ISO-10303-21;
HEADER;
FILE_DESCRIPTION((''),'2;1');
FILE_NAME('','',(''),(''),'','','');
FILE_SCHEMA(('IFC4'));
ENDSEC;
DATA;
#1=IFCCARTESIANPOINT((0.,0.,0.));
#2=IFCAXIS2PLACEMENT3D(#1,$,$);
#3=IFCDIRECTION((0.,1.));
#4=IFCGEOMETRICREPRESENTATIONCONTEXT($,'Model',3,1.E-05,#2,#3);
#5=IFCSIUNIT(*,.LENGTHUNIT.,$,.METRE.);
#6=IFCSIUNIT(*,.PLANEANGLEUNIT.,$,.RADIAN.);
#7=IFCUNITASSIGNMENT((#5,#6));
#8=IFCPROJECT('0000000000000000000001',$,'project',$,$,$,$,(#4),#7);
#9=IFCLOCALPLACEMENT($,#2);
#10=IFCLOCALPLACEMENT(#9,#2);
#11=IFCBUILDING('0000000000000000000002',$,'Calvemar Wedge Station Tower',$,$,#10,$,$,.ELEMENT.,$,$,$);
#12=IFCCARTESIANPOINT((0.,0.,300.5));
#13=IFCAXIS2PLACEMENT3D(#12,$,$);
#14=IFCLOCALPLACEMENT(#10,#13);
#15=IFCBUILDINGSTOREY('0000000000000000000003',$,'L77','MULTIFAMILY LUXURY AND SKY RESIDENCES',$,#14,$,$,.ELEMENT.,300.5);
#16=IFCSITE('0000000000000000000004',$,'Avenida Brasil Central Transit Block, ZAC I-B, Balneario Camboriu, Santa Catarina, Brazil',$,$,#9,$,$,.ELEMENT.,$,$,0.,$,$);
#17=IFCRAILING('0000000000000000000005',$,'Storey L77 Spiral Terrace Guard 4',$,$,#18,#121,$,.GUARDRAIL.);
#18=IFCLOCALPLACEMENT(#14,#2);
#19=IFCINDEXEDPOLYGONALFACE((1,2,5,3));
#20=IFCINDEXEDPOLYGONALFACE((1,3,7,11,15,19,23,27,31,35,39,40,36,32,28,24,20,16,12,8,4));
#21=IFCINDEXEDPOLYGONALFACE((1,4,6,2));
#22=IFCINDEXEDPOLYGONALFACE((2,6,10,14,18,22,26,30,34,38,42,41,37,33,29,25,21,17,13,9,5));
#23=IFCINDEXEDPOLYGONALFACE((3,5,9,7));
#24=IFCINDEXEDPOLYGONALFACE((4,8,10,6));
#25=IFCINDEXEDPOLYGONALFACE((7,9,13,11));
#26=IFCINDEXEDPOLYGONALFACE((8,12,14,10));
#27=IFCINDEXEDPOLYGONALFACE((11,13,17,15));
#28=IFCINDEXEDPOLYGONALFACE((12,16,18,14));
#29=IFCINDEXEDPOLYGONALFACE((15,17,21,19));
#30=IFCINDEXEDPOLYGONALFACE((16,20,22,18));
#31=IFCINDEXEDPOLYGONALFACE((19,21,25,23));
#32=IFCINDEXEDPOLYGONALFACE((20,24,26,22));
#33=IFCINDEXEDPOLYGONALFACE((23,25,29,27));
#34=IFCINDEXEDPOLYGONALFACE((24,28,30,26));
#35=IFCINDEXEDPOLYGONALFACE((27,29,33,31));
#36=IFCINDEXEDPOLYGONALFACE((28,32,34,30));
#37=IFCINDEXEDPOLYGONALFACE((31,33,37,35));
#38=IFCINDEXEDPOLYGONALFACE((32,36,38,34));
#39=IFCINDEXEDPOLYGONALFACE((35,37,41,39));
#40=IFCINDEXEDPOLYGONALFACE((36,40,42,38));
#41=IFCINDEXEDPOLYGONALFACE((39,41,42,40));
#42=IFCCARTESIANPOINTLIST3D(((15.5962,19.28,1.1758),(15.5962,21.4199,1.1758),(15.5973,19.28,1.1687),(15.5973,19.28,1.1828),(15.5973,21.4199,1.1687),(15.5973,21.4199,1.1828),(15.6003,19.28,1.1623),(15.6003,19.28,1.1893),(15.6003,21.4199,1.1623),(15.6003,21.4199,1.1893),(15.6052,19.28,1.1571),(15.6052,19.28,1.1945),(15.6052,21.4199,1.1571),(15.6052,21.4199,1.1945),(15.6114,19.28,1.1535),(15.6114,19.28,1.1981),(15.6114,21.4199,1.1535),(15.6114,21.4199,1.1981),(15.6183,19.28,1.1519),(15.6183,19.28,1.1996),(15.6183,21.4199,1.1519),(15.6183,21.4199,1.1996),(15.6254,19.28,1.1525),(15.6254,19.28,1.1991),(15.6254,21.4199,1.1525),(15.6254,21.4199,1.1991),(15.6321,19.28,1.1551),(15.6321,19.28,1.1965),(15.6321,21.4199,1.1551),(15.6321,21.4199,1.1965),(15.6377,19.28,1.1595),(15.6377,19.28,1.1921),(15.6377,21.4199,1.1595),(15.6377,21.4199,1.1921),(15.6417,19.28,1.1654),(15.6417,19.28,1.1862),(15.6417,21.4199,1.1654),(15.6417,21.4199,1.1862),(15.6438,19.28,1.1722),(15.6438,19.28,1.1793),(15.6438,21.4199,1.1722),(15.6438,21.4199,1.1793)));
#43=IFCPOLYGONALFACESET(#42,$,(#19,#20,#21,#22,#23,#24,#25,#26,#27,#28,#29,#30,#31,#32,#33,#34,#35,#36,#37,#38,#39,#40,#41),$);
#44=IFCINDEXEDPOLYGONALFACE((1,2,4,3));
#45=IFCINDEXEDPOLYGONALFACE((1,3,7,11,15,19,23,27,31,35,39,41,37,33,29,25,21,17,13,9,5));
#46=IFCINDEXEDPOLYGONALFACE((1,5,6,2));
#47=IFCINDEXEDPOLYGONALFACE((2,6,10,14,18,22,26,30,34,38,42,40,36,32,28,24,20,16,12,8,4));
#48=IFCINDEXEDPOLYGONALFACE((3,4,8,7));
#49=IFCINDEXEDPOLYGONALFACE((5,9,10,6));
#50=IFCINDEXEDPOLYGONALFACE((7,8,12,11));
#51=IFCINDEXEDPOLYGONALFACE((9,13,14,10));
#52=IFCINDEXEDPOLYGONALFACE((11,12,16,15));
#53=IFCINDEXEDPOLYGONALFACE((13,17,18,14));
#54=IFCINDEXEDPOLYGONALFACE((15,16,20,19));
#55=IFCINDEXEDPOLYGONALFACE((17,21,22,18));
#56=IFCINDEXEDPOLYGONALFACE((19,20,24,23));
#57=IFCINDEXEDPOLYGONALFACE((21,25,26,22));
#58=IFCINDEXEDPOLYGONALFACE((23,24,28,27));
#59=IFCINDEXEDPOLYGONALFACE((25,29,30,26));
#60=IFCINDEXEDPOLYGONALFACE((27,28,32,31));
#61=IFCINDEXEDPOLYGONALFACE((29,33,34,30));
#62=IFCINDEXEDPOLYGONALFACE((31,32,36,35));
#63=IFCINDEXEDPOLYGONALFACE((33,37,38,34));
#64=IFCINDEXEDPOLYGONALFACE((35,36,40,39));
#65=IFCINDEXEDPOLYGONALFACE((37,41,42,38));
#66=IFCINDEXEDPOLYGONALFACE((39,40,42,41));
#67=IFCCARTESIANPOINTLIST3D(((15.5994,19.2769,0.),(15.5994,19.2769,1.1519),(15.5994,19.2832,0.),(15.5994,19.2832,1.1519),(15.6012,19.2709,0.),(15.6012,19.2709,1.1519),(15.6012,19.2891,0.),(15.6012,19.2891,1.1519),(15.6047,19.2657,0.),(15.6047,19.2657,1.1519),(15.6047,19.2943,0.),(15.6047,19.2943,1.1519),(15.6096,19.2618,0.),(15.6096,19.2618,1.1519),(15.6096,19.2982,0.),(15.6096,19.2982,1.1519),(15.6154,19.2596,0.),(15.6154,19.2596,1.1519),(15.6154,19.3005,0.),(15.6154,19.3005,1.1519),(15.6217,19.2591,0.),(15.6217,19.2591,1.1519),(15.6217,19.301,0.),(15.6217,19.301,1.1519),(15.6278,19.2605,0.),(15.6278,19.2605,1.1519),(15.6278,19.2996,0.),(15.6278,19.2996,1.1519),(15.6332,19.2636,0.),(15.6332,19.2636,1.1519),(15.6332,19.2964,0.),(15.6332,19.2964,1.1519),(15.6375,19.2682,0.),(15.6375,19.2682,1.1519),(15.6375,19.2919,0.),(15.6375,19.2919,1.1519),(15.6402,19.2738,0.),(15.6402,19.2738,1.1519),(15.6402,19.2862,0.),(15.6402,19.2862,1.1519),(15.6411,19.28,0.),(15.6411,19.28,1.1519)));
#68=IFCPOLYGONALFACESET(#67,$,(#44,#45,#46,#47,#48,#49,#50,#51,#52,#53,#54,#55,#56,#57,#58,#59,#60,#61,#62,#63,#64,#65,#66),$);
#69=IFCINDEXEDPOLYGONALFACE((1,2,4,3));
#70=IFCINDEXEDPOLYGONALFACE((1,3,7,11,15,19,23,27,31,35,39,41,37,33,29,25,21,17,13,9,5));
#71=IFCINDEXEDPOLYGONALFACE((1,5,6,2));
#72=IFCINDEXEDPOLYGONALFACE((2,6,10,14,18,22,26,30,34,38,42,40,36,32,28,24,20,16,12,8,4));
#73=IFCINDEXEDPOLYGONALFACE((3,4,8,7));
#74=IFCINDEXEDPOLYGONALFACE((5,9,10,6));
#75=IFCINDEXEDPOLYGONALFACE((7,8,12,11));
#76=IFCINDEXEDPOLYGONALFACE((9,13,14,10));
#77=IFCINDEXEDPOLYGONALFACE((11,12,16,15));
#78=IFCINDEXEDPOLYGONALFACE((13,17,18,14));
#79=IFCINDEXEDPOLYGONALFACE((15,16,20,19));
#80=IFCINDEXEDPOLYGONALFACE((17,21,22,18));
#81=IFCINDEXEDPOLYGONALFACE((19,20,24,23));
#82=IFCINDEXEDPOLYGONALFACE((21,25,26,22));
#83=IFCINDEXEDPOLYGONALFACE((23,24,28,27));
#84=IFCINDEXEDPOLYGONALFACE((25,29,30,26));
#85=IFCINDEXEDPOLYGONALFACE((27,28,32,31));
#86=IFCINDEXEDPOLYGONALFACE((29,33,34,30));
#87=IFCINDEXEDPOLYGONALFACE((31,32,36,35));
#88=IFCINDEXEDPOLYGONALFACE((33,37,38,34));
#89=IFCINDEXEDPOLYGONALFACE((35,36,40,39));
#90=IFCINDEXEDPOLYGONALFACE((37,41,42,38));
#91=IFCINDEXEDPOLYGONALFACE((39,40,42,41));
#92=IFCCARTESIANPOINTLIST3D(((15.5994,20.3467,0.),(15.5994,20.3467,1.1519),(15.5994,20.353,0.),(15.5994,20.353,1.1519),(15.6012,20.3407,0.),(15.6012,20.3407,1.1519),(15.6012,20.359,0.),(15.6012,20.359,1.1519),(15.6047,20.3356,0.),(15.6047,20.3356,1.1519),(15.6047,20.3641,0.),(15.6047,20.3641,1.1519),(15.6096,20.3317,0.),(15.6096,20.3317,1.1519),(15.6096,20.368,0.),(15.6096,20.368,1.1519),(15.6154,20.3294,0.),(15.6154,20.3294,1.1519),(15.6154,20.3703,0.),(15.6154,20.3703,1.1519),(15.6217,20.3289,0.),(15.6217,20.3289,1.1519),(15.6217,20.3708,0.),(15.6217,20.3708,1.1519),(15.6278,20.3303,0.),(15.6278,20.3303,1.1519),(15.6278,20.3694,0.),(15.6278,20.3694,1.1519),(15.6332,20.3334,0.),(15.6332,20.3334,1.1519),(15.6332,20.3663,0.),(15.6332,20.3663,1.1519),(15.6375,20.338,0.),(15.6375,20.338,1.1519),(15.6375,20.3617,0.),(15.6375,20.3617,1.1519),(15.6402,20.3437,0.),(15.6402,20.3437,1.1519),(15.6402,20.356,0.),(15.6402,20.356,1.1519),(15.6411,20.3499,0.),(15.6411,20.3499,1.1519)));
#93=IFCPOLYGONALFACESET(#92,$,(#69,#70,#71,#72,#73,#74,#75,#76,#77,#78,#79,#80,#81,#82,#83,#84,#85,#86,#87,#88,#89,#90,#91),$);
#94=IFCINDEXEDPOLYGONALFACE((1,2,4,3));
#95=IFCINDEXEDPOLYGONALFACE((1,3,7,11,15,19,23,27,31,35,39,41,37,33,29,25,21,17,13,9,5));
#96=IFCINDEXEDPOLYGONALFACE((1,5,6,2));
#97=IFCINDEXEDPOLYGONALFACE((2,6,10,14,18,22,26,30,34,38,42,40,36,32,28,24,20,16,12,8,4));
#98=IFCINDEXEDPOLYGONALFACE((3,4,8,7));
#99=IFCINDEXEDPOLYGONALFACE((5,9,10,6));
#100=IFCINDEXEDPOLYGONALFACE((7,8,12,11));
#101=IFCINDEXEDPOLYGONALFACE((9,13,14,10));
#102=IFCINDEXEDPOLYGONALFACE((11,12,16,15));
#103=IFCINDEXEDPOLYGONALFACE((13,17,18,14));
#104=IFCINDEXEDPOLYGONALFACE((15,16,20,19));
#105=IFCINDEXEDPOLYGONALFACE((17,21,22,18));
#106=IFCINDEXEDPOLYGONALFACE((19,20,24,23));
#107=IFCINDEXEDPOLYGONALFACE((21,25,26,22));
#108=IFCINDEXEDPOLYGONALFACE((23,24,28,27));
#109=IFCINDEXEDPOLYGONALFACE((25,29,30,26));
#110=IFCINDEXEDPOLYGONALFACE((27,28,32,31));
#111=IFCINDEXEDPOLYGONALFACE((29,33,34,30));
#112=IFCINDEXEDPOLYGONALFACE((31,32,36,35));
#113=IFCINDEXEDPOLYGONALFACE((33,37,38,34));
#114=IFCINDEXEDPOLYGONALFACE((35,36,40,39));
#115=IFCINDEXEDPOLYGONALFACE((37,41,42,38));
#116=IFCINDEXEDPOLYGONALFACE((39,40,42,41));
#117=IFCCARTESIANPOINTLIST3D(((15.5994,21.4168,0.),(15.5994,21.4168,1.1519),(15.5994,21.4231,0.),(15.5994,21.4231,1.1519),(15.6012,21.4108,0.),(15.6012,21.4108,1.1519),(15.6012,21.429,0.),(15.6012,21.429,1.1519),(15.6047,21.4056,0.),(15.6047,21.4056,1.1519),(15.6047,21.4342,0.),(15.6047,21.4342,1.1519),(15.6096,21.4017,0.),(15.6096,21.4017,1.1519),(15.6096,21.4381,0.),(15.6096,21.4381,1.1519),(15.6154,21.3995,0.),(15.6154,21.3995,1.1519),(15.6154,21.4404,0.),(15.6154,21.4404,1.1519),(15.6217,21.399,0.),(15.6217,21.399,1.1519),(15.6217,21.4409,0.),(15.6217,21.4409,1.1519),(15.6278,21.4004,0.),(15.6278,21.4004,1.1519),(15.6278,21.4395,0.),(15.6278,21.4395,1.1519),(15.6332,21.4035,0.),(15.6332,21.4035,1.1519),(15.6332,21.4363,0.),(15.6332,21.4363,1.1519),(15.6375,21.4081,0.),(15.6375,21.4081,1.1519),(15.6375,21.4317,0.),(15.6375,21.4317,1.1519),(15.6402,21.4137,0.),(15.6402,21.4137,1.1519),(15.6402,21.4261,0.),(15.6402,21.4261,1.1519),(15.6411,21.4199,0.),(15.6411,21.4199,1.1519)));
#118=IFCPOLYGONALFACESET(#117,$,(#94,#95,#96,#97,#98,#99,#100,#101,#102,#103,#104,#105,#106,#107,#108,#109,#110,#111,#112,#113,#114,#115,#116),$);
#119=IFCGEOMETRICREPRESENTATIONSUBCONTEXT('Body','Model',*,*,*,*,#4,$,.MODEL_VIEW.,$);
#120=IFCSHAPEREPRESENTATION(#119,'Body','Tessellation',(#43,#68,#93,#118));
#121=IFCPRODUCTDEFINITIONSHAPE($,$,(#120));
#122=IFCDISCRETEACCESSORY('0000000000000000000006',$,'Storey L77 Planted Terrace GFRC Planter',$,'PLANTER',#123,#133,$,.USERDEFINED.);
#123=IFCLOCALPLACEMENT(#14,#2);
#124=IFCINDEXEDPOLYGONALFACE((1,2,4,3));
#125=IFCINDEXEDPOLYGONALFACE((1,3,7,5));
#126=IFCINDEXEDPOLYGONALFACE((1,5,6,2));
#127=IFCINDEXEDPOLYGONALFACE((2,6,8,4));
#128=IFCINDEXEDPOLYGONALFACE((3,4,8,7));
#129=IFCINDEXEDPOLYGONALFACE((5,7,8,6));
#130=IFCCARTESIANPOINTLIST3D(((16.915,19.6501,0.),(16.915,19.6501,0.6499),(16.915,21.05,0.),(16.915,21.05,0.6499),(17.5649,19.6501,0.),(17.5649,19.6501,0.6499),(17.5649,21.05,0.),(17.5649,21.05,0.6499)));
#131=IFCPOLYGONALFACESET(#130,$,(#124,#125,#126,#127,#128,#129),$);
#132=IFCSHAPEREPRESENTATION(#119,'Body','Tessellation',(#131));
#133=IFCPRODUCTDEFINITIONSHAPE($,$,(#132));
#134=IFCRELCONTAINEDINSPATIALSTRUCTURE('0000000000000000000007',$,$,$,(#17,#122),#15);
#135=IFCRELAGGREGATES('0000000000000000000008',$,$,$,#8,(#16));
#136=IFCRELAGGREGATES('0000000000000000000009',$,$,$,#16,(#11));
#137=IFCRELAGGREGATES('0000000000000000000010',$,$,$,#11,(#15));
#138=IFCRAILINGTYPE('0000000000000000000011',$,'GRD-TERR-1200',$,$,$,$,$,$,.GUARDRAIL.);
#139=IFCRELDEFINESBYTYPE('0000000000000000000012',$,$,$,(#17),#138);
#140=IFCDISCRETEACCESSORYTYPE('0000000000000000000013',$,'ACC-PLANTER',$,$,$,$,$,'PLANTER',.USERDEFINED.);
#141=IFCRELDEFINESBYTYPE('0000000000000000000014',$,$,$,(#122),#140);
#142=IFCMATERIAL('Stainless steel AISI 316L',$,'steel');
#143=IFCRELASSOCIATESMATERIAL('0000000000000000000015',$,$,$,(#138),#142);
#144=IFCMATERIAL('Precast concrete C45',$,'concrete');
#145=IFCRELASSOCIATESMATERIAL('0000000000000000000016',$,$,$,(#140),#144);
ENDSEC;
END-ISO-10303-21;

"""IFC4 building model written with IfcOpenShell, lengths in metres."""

from ifc_helpers import new_model, si_unit, direction, frame, origin, origin_2d, place, context, subcontext, project, spatial, rectangle, circle, extrude, source, transform, mapped, material, type_object, element, save


model = new_model("IFC4")

# Units and contexts
model_context = context("Model", 3, precision=1e-05, world=origin(), true_north=direction((0.0, 1.0)))
body_context = subcontext(model_context, "Body", "Model", "MODEL_VIEW")
ifc_project = project(units=[si_unit("LENGTHUNIT", "METRE"), si_unit("PLANEANGLEUNIT", "RADIAN")], contexts=[model_context])

# Site, building, storey
site_placement = place(None, origin())
site = spatial("IfcSite", under=ifc_project, at=site_placement, Name="Avenida Brasil Central Transit Block, ZAC I-B, Balneario Camboriu, Santa Catarina, Brazil", CompositionType="ELEMENT", RefElevation=0.0)
building_placement = place(site_placement, origin())
building = spatial("IfcBuilding", under=site, at=building_placement, Name="Calvemar Wedge Station Tower", CompositionType="ELEMENT")
storey_placement = place(building_placement, frame((0.0, 0.0, 300.5)))
storey = spatial("IfcBuildingStorey", under=building, at=storey_placement, Name="L77", Description="MULTIFAMILY LUXURY AND SKY RESIDENCES", CompositionType="ELEMENT", Elevation=300.5)

# Railing
ifc_material_1 = material(Name="Stainless steel AISI 316L", Category="steel")
railing_type = type_object("IfcRailingType", Name="GRD-TERR-1200", PredefinedType="GUARDRAIL", material=ifc_material_1)
railing_1_placement = place(storey_placement, frame((15.6201, 19.28, 0.0)))
element("IfcRailing", 1, at=railing_1_placement, inside=storey, type_object=railing_type, Name="Storey L77 Spiral Terrace Guard 4", PredefinedType="GUARDRAIL", context=body_context, shape_type="SweptSolid", body=[
    extrude(circle(Radius=0.0239, at=origin_2d()), frame((0.0, 0.0, 1.1758), z_axis=(0.0, 1.0, 0.0), x_axis=(-1.0, 0.0, 0.0)), (0.0, 0.0, 1.0), 2.1399),
    extrude(circle(Radius=0.021, at=origin_2d()), origin(), (0.0, 0.0, 1.0), 1.1519),
    extrude(circle(Radius=0.021, at=origin_2d()), frame((0.0, 1.0698, 0.0)), (0.0, 0.0, 1.0), 1.1519),
    extrude(circle(Radius=0.021, at=origin_2d()), frame((0.0, 2.1399, 0.0)), (0.0, 0.0, 1.0), 1.1519),
])

# Discrete accessory
ifc_material_2 = material(Name="Precast concrete C45", Category="concrete")
discrete_accessory_type = type_object("IfcDiscreteAccessoryType", Name="ACC-PLANTER", ElementType="PLANTER", PredefinedType="USERDEFINED", material=ifc_material_2)
shared_shape_1 = source(origin(), body_context, "Body", "SweptSolid", [
    extrude(rectangle(XDim=0.6499, YDim=1.3999, at=origin_2d()), origin(), (0.0, 0.0, 1.0), 0.6499),
])
discrete_accessory_placement = place(storey_placement, frame((17.24, 20.3501, 0.0), z_axis=(0.0, 0.0, 1.0), x_axis=(1.0, 0.0, 0.0)))
element("IfcDiscreteAccessory", 2, at=discrete_accessory_placement, inside=storey, type_object=discrete_accessory_type, Name="Storey L77 Planted Terrace GFRC Planter", ObjectType="PLANTER", PredefinedType="USERDEFINED", context=body_context, shape_type="MappedRepresentation", body=[
    mapped(shared_shape_1, transform((0.0, 0.0, 0.0), scale=1.0)),
])

save(model, "model.ifc")
